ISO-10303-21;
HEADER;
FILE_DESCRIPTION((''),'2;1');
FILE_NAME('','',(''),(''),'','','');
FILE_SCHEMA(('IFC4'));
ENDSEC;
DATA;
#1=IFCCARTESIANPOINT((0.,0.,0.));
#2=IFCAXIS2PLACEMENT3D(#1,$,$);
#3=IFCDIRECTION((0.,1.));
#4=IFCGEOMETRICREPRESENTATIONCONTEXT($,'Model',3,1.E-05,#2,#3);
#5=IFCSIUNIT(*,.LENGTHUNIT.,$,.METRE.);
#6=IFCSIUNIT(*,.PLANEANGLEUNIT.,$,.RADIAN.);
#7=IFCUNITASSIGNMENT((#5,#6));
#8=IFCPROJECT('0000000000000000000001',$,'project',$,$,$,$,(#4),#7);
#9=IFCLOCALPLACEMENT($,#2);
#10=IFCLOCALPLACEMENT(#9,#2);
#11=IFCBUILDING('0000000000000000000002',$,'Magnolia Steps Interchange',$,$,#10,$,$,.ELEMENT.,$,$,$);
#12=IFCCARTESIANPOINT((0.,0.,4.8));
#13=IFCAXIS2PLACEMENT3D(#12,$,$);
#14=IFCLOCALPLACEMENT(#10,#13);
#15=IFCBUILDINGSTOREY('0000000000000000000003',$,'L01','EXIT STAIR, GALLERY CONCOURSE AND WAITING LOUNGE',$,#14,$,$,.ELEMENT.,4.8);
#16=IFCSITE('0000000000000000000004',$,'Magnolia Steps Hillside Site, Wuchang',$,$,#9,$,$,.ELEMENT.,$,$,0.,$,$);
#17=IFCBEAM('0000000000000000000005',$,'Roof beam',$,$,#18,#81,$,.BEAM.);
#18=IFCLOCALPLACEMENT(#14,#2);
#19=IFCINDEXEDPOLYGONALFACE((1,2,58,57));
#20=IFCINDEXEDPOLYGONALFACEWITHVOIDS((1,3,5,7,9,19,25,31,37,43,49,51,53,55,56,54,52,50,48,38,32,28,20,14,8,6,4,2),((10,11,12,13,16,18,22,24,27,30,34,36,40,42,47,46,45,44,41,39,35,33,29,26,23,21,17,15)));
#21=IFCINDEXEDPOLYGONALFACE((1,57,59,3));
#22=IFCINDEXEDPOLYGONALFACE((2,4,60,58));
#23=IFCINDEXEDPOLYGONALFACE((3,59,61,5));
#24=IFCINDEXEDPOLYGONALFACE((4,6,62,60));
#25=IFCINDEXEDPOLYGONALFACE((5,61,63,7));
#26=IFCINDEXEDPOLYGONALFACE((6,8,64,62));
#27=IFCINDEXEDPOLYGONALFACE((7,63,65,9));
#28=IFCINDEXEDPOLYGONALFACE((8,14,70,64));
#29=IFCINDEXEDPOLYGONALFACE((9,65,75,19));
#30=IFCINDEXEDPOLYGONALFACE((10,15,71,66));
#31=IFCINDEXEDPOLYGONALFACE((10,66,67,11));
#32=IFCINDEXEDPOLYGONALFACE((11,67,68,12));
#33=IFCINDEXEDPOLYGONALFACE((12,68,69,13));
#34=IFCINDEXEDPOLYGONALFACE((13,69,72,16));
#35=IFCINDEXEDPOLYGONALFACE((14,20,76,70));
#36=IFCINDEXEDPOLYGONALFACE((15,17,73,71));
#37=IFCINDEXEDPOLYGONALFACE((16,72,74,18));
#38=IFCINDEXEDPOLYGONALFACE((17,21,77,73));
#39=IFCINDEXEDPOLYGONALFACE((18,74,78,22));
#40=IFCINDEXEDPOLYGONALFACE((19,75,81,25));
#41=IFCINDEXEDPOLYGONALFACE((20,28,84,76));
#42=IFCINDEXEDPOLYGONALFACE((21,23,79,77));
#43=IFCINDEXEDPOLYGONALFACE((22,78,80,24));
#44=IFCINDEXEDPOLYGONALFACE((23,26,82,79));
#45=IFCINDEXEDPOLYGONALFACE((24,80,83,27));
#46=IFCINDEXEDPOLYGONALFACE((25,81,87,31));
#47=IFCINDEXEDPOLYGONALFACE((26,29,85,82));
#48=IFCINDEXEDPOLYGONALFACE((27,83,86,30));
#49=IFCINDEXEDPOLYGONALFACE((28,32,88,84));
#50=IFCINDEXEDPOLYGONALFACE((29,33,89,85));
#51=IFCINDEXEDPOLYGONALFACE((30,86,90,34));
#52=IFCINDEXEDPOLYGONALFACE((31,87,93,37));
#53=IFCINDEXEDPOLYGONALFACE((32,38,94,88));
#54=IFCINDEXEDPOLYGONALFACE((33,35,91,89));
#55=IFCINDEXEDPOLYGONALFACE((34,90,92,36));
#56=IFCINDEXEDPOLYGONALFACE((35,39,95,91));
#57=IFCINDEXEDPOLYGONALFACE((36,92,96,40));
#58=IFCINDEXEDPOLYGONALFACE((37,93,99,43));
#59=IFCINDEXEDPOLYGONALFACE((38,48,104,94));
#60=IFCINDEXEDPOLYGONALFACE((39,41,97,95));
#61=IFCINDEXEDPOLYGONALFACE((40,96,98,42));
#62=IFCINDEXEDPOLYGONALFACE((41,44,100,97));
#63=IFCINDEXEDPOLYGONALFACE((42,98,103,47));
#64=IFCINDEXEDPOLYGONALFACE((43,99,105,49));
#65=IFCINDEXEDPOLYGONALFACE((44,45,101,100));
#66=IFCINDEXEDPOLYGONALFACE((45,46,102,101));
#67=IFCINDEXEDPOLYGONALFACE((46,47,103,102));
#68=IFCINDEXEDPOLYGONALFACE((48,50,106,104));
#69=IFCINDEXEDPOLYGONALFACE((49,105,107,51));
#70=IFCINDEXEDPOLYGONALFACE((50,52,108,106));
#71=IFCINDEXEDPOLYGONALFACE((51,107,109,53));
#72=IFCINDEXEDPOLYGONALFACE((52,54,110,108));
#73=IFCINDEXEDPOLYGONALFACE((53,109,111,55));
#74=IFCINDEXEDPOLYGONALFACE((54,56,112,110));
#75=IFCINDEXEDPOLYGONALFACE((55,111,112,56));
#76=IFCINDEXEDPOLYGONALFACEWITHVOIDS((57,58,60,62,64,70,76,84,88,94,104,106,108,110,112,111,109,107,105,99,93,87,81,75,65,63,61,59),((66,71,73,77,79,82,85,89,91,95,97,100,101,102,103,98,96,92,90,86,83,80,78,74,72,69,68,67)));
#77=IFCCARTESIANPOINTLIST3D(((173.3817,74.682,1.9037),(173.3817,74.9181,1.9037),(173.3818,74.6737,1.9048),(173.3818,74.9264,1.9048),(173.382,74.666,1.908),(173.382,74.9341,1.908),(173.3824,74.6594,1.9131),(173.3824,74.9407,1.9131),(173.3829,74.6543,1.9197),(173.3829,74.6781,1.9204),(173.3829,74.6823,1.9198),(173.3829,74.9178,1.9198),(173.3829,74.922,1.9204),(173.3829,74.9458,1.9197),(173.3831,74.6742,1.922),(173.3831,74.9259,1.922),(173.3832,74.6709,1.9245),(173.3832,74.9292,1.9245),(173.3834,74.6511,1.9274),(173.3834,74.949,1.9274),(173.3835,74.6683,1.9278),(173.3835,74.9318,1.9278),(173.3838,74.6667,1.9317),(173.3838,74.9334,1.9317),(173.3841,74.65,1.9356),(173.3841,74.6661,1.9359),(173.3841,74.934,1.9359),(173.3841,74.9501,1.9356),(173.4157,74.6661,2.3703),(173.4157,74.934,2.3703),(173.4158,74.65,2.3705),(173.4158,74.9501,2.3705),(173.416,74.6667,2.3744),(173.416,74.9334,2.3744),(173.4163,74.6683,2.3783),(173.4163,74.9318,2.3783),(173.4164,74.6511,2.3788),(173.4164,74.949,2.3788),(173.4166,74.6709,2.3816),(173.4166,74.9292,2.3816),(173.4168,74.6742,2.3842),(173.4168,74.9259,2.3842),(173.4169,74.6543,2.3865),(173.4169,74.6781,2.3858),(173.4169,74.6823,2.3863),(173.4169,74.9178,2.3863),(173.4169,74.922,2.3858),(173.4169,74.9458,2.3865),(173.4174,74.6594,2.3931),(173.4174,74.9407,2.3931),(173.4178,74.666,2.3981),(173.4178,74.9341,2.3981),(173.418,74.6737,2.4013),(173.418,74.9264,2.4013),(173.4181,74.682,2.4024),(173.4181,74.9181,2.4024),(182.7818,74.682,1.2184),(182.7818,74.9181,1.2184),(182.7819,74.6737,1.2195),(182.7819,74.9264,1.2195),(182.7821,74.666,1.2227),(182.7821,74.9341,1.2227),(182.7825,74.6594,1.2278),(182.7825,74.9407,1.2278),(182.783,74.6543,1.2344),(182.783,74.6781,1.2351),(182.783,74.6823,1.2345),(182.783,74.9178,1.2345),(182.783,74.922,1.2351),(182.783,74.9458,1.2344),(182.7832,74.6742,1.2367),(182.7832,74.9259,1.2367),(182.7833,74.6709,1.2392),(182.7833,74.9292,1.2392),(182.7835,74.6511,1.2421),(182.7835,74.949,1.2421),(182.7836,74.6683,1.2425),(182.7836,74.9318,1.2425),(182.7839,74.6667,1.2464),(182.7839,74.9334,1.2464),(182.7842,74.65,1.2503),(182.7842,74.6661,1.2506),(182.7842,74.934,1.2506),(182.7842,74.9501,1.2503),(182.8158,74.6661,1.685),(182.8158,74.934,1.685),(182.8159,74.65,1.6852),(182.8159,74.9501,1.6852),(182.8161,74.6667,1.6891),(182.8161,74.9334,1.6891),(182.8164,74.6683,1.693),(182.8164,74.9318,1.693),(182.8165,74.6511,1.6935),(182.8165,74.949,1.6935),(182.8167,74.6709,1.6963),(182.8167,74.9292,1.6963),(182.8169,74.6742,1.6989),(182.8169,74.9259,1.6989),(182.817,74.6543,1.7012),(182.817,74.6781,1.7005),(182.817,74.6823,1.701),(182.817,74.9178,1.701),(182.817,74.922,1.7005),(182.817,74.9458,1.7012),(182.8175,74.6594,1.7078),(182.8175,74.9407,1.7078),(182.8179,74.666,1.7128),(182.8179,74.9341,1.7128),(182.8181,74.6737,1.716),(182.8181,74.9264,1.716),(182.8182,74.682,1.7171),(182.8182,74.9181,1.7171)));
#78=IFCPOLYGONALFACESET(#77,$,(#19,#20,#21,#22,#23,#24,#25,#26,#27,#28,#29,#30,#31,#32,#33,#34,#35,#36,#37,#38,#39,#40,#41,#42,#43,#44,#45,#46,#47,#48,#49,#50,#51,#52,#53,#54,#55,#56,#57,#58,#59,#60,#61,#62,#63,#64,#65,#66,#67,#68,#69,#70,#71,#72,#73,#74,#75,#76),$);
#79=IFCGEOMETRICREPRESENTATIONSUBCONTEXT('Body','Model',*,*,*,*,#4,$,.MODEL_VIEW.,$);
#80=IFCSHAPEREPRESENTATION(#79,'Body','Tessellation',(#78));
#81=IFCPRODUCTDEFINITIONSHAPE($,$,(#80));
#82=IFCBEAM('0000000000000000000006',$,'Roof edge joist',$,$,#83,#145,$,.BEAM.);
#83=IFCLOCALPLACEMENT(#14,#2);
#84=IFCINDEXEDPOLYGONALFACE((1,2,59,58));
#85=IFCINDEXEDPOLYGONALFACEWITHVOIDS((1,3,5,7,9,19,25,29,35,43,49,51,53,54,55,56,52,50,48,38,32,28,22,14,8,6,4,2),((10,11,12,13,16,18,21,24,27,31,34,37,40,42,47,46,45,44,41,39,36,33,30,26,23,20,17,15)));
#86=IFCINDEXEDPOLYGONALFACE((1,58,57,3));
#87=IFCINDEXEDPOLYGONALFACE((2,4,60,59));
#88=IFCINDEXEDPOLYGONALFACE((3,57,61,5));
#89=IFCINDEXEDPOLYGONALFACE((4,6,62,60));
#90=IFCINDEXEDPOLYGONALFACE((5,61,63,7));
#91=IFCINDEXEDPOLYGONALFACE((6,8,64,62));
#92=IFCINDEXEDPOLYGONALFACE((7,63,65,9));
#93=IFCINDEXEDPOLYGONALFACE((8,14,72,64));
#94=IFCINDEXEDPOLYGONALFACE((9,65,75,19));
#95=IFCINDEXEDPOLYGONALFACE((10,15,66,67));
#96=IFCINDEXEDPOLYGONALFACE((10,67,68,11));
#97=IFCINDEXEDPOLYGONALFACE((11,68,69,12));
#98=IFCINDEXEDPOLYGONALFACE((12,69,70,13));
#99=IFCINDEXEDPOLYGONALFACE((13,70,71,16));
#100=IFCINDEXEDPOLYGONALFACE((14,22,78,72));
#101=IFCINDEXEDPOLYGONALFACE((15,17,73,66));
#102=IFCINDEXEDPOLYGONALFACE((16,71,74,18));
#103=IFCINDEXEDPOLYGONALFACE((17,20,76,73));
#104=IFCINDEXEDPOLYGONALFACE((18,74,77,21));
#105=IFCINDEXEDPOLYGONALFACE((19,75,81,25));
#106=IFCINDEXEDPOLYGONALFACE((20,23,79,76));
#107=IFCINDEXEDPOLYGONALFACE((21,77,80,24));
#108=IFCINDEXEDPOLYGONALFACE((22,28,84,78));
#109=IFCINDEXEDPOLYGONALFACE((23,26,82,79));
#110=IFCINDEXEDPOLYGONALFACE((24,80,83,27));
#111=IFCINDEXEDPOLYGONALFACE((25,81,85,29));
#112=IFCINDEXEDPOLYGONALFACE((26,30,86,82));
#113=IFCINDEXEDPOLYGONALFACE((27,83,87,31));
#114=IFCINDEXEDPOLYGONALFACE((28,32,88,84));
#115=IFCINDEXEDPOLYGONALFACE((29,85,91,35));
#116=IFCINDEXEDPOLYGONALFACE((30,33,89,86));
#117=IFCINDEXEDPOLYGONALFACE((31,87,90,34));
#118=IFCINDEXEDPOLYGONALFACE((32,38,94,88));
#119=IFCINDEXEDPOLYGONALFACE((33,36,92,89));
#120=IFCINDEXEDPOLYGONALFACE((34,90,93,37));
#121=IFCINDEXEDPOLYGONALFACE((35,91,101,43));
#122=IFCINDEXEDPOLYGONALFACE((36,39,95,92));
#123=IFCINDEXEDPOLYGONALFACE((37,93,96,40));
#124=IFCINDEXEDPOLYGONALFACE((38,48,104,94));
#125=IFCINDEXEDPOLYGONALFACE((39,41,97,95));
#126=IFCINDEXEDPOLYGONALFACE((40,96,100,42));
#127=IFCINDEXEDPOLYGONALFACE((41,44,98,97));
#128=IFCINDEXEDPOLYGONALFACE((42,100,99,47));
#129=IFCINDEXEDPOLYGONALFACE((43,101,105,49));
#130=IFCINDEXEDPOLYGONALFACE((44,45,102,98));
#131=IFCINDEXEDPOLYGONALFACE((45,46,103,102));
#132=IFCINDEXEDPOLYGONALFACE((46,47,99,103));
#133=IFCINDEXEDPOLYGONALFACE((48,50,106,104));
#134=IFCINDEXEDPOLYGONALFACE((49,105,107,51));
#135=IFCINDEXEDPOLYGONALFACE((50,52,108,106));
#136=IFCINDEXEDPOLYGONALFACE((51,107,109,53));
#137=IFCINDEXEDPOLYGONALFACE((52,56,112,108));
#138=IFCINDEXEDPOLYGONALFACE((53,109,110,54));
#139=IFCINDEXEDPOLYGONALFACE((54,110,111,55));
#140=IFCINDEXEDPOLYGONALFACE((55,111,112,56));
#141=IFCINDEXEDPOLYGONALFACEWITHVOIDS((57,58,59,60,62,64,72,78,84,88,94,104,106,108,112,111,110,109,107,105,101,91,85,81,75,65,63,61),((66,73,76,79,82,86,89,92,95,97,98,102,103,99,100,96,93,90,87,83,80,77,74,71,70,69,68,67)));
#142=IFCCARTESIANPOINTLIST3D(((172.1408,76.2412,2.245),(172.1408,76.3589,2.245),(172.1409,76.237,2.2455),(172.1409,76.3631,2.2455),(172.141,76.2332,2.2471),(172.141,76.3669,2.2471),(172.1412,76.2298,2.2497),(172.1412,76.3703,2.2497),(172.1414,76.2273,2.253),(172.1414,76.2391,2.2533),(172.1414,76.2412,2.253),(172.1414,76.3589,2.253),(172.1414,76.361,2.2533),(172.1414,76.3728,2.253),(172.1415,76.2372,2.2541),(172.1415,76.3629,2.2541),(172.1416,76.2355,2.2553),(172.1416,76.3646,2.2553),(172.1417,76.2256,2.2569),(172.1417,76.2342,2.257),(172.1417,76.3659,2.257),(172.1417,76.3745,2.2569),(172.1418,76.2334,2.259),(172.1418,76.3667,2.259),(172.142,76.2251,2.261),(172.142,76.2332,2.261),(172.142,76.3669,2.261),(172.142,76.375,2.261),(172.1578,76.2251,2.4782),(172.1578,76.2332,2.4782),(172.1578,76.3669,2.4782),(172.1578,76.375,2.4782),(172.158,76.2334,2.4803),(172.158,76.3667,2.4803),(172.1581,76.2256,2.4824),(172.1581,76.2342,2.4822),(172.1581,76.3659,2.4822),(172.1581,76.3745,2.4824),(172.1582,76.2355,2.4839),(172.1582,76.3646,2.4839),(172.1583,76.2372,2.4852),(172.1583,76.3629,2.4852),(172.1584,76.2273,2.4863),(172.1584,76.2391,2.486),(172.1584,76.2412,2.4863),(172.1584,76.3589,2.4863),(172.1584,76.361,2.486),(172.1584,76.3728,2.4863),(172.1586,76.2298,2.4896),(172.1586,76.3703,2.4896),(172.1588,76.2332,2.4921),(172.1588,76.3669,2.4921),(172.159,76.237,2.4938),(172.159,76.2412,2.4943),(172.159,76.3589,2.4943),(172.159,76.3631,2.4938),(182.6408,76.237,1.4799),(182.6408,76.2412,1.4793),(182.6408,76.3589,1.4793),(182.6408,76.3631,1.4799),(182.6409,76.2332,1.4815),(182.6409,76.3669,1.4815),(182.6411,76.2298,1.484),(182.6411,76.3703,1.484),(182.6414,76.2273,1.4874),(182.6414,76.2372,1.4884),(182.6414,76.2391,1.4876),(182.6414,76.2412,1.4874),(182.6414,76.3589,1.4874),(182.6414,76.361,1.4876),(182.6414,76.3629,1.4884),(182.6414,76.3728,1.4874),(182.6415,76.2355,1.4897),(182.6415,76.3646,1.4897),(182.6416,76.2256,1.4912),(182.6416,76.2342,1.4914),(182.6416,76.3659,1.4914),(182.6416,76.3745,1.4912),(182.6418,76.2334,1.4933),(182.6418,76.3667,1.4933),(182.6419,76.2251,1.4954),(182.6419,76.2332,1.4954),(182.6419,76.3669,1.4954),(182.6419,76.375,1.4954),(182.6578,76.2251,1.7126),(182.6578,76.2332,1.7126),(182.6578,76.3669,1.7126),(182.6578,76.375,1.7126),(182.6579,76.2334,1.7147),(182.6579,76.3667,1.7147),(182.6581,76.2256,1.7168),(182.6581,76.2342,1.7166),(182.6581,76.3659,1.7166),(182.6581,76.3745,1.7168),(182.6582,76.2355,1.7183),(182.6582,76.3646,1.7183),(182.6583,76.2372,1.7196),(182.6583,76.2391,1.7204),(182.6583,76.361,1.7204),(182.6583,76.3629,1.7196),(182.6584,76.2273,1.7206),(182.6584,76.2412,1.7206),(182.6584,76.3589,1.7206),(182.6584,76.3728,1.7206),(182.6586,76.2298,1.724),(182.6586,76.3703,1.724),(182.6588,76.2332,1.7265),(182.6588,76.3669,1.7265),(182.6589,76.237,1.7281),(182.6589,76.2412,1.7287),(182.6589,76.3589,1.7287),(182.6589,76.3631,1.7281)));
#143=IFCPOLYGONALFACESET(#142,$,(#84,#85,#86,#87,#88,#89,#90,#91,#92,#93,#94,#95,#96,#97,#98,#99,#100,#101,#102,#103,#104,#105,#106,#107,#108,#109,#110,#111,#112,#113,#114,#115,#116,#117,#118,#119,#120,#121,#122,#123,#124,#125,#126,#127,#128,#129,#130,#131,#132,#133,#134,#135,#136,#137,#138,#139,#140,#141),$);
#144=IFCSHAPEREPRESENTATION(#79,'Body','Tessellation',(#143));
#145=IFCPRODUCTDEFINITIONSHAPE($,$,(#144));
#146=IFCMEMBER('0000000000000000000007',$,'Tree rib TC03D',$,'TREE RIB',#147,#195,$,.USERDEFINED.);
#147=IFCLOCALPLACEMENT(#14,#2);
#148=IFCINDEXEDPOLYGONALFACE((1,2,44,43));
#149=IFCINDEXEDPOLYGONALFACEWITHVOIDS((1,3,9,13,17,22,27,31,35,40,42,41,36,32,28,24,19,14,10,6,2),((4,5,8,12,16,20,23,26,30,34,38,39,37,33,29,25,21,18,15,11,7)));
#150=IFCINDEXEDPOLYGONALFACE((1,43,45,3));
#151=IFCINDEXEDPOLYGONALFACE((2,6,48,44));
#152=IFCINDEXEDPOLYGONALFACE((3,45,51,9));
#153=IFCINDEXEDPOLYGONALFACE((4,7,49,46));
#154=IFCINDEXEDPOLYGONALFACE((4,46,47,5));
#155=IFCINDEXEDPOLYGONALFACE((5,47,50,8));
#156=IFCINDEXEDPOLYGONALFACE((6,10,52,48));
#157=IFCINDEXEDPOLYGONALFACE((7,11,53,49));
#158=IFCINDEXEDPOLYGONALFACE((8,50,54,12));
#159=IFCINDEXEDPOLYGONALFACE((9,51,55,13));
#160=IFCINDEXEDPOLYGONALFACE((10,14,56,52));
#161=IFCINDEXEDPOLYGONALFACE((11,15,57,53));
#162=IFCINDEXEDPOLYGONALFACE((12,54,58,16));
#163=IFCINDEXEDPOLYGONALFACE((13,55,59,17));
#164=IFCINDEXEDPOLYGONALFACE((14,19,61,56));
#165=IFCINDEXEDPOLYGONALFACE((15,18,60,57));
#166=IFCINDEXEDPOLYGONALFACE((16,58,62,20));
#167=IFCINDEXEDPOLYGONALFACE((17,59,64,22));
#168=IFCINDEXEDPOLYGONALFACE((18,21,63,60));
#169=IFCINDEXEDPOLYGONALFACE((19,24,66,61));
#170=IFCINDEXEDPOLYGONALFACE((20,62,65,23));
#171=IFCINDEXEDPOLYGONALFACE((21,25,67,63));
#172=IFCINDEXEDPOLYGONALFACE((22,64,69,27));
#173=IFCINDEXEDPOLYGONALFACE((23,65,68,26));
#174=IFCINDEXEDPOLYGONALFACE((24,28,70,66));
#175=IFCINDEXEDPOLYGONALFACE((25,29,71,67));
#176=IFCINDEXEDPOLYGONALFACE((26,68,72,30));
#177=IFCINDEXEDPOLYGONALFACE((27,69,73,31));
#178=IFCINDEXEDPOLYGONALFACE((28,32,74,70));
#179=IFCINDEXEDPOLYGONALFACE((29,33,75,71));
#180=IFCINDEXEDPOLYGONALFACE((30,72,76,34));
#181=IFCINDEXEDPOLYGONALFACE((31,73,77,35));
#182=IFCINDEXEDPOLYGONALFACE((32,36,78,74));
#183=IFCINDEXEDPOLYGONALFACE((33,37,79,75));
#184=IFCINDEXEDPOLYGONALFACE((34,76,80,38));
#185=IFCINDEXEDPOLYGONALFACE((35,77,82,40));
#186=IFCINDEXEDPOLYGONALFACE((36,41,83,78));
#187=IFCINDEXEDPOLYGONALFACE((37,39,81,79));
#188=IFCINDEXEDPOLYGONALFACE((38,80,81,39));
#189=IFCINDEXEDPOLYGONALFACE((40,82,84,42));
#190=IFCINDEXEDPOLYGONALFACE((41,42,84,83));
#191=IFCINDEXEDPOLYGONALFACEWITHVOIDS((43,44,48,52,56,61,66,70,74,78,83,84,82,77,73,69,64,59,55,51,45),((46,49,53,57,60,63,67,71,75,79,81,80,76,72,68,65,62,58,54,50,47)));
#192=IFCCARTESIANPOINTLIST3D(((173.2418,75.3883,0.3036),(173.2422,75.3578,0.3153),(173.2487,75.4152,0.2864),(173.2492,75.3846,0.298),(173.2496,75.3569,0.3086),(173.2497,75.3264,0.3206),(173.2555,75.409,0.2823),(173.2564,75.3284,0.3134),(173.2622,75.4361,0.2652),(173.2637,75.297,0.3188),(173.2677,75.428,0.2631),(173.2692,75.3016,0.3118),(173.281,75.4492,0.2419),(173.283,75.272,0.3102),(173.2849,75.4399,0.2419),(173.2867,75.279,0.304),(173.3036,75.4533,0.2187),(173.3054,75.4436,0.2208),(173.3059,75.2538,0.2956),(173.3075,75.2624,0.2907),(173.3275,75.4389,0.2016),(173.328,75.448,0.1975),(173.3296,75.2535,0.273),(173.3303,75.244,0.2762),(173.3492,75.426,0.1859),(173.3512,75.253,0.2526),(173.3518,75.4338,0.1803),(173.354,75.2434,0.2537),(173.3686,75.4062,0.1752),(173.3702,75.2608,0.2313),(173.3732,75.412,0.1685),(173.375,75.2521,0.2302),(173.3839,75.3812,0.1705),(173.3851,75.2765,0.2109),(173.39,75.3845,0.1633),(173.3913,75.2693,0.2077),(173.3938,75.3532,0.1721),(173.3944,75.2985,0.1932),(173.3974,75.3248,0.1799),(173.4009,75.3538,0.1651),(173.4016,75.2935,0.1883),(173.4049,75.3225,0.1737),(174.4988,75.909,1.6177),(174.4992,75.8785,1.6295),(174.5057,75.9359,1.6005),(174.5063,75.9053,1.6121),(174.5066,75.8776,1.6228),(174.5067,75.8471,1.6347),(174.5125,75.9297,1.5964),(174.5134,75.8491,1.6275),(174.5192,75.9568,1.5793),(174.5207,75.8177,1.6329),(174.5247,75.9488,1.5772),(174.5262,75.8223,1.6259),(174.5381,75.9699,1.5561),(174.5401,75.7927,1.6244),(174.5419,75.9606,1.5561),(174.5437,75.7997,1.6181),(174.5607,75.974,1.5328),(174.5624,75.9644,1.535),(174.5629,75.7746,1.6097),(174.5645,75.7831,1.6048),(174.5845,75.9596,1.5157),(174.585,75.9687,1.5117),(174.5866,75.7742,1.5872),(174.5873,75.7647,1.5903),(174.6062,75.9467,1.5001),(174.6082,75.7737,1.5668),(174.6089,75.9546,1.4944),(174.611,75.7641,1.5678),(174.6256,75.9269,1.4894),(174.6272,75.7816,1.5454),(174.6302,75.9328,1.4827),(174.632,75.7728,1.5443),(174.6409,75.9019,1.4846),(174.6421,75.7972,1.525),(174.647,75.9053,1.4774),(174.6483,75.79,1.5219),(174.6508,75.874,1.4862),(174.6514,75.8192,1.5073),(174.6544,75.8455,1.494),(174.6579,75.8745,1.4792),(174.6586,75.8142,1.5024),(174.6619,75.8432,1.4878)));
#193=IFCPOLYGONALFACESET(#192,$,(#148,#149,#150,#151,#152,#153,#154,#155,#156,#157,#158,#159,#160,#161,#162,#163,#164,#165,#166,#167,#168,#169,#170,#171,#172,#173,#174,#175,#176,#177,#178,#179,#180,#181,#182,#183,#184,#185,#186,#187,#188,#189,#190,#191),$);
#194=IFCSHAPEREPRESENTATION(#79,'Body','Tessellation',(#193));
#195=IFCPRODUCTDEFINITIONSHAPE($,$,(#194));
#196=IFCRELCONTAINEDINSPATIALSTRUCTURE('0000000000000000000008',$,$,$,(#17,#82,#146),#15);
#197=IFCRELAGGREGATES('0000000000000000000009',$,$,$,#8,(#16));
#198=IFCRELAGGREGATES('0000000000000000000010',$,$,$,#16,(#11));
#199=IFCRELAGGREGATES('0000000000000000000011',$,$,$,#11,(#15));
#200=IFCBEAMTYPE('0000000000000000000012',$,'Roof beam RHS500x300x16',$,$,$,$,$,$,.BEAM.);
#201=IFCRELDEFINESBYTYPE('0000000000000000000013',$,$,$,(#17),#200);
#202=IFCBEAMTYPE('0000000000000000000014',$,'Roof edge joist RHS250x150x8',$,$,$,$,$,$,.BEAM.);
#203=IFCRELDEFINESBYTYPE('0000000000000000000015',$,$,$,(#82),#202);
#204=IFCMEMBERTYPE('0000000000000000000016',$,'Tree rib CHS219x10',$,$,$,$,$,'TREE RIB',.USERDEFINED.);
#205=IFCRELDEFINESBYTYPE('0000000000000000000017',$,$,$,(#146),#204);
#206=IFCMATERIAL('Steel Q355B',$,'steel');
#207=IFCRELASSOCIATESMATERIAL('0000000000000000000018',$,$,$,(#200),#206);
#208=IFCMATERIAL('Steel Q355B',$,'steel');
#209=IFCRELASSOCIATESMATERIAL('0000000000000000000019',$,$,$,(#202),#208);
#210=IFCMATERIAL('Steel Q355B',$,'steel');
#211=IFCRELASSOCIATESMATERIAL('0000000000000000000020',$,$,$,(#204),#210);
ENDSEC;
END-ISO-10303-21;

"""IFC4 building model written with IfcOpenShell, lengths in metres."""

from ifc_helpers import new_model, si_unit, direction, frame, origin, origin_2d, place, context, subcontext, project, spatial, hollow_rectangle, hollow_circle, extrude, material, material_profile, profile_set, type_object, element, save


model = new_model("IFC4")

# Units and contexts
model_context = context("Model", 3, precision=1e-05, world=origin(), true_north=direction((0.0, 1.0)))
body_context = subcontext(model_context, "Body", "Model", "MODEL_VIEW")
ifc_project = project(units=[si_unit("LENGTHUNIT", "METRE"), si_unit("PLANEANGLEUNIT", "RADIAN")], contexts=[model_context])

# Site, building, storey
site_placement = place(None, origin())
site = spatial("IfcSite", under=ifc_project, at=site_placement, Name="Magnolia Steps Hillside Site, Wuchang", CompositionType="ELEMENT", RefElevation=0.0)
building_placement = place(site_placement, origin())
building = spatial("IfcBuilding", under=site, at=building_placement, Name="Magnolia Steps Interchange", CompositionType="ELEMENT")
storey_placement = place(building_placement, frame((0.0, 0.0, 4.8)))
storey = spatial("IfcBuildingStorey", under=building, at=storey_placement, Name="L01", Description="EXIT STAIR, GALLERY CONCOURSE AND WAITING LOUNGE", CompositionType="ELEMENT", Elevation=4.8)

# Beams
ifc_material_1 = material(Name="Steel Q355B", Category="steel")
ifc_material_profile_1 = material_profile(ifc_material_1, hollow_rectangle(XDim=0.3, YDim=0.5, WallThickness=0.0161, InnerFilletRadius=0.0161, OuterFilletRadius=0.032, at=origin_2d()), Name="RHS500x300x16")
ifc_profile_set_1 = profile_set([ifc_material_profile_1], Name="Steel Q355B")
beam_type_1 = type_object("IfcBeamType", Name="Roof beam RHS500x300x16", PredefinedType="BEAM", material=ifc_profile_set_1)
beam_1_placement = place(storey_placement, frame((173.3999, 74.8, 2.1531), z_axis=(0.997353, 0.0, -0.07271), x_axis=(0.0, 1.0, 0.0)))
element("IfcBeam", 1, at=beam_1_placement, inside=storey, type_object=beam_type_1, Name="Roof beam", PredefinedType="BEAM", context=body_context, shape_type="SweptSolid", body=[
    extrude(hollow_rectangle(XDim=0.3, YDim=0.5, WallThickness=0.0161, InnerFilletRadius=0.0161, OuterFilletRadius=0.032, at=origin_2d()), origin(), (0.0, 0.0, 1.0), 9.425),
])
ifc_material_2 = material(Name="Steel Q355B", Category="steel")
ifc_material_profile_2 = material_profile(ifc_material_2, hollow_rectangle(XDim=0.1499, YDim=0.25, WallThickness=0.0081, InnerFilletRadius=0.0081, OuterFilletRadius=0.0161, at=origin_2d()), Name="RHS250x150x8")
ifc_profile_set_2 = profile_set([ifc_material_profile_2], Name="Steel Q355B")
beam_type_2 = type_object("IfcBeamType", Name="Roof edge joist RHS250x150x8", PredefinedType="BEAM", material=ifc_profile_set_2)
beam_2_placement = place(storey_placement, frame((172.1499, 76.3, 2.3696), z_axis=(0.997352, 0.0, -0.072724), x_axis=(0.0, 1.0, 0.0)))
element("IfcBeam", 2, at=beam_2_placement, inside=storey, type_object=beam_type_2, Name="Roof edge joist", PredefinedType="BEAM", context=body_context, shape_type="SweptSolid", body=[
    extrude(hollow_rectangle(XDim=0.1499, YDim=0.25, WallThickness=0.0081, InnerFilletRadius=0.0081, OuterFilletRadius=0.0161, at=origin_2d()), origin(), (0.0, 0.0, 1.0), 10.5278),
])

# Member
ifc_material_3 = material(Name="Steel Q355B", Category="steel")
ifc_material_profile_3 = material_profile(ifc_material_3, hollow_circle(Radius=0.1096, WallThickness=0.01, at=origin_2d()), Name="CHS219x10")
ifc_profile_set_3 = profile_set([ifc_material_profile_3], Name="Steel Q355B")
member_type = type_object("IfcMemberType", Name="Tree rib CHS219x10", ElementType="TREE RIB", PredefinedType="USERDEFINED", material=ifc_profile_set_3)
for number, where, z_axis, x_axis, name in (
    (3, (173.323, 75.3479, 0.2419), (0.664519, 0.275281, 0.694719), (-0.382716, 0.923866, 0.0), "Tree rib TC03D"),
):
    element("IfcMember", number, at=place(storey_placement, frame(where, z_axis=z_axis, x_axis=x_axis)), inside=storey, type_object=member_type, Name=name, ObjectType="TREE RIB", PredefinedType="USERDEFINED", context=body_context, shape_type="SweptSolid", body=[
        extrude(hollow_circle(Radius=0.1096, WallThickness=0.01, at=origin_2d()), origin(), (0.0, 0.0, 1.0), 1.8916),
    ])

save(model, "model.ifc")
